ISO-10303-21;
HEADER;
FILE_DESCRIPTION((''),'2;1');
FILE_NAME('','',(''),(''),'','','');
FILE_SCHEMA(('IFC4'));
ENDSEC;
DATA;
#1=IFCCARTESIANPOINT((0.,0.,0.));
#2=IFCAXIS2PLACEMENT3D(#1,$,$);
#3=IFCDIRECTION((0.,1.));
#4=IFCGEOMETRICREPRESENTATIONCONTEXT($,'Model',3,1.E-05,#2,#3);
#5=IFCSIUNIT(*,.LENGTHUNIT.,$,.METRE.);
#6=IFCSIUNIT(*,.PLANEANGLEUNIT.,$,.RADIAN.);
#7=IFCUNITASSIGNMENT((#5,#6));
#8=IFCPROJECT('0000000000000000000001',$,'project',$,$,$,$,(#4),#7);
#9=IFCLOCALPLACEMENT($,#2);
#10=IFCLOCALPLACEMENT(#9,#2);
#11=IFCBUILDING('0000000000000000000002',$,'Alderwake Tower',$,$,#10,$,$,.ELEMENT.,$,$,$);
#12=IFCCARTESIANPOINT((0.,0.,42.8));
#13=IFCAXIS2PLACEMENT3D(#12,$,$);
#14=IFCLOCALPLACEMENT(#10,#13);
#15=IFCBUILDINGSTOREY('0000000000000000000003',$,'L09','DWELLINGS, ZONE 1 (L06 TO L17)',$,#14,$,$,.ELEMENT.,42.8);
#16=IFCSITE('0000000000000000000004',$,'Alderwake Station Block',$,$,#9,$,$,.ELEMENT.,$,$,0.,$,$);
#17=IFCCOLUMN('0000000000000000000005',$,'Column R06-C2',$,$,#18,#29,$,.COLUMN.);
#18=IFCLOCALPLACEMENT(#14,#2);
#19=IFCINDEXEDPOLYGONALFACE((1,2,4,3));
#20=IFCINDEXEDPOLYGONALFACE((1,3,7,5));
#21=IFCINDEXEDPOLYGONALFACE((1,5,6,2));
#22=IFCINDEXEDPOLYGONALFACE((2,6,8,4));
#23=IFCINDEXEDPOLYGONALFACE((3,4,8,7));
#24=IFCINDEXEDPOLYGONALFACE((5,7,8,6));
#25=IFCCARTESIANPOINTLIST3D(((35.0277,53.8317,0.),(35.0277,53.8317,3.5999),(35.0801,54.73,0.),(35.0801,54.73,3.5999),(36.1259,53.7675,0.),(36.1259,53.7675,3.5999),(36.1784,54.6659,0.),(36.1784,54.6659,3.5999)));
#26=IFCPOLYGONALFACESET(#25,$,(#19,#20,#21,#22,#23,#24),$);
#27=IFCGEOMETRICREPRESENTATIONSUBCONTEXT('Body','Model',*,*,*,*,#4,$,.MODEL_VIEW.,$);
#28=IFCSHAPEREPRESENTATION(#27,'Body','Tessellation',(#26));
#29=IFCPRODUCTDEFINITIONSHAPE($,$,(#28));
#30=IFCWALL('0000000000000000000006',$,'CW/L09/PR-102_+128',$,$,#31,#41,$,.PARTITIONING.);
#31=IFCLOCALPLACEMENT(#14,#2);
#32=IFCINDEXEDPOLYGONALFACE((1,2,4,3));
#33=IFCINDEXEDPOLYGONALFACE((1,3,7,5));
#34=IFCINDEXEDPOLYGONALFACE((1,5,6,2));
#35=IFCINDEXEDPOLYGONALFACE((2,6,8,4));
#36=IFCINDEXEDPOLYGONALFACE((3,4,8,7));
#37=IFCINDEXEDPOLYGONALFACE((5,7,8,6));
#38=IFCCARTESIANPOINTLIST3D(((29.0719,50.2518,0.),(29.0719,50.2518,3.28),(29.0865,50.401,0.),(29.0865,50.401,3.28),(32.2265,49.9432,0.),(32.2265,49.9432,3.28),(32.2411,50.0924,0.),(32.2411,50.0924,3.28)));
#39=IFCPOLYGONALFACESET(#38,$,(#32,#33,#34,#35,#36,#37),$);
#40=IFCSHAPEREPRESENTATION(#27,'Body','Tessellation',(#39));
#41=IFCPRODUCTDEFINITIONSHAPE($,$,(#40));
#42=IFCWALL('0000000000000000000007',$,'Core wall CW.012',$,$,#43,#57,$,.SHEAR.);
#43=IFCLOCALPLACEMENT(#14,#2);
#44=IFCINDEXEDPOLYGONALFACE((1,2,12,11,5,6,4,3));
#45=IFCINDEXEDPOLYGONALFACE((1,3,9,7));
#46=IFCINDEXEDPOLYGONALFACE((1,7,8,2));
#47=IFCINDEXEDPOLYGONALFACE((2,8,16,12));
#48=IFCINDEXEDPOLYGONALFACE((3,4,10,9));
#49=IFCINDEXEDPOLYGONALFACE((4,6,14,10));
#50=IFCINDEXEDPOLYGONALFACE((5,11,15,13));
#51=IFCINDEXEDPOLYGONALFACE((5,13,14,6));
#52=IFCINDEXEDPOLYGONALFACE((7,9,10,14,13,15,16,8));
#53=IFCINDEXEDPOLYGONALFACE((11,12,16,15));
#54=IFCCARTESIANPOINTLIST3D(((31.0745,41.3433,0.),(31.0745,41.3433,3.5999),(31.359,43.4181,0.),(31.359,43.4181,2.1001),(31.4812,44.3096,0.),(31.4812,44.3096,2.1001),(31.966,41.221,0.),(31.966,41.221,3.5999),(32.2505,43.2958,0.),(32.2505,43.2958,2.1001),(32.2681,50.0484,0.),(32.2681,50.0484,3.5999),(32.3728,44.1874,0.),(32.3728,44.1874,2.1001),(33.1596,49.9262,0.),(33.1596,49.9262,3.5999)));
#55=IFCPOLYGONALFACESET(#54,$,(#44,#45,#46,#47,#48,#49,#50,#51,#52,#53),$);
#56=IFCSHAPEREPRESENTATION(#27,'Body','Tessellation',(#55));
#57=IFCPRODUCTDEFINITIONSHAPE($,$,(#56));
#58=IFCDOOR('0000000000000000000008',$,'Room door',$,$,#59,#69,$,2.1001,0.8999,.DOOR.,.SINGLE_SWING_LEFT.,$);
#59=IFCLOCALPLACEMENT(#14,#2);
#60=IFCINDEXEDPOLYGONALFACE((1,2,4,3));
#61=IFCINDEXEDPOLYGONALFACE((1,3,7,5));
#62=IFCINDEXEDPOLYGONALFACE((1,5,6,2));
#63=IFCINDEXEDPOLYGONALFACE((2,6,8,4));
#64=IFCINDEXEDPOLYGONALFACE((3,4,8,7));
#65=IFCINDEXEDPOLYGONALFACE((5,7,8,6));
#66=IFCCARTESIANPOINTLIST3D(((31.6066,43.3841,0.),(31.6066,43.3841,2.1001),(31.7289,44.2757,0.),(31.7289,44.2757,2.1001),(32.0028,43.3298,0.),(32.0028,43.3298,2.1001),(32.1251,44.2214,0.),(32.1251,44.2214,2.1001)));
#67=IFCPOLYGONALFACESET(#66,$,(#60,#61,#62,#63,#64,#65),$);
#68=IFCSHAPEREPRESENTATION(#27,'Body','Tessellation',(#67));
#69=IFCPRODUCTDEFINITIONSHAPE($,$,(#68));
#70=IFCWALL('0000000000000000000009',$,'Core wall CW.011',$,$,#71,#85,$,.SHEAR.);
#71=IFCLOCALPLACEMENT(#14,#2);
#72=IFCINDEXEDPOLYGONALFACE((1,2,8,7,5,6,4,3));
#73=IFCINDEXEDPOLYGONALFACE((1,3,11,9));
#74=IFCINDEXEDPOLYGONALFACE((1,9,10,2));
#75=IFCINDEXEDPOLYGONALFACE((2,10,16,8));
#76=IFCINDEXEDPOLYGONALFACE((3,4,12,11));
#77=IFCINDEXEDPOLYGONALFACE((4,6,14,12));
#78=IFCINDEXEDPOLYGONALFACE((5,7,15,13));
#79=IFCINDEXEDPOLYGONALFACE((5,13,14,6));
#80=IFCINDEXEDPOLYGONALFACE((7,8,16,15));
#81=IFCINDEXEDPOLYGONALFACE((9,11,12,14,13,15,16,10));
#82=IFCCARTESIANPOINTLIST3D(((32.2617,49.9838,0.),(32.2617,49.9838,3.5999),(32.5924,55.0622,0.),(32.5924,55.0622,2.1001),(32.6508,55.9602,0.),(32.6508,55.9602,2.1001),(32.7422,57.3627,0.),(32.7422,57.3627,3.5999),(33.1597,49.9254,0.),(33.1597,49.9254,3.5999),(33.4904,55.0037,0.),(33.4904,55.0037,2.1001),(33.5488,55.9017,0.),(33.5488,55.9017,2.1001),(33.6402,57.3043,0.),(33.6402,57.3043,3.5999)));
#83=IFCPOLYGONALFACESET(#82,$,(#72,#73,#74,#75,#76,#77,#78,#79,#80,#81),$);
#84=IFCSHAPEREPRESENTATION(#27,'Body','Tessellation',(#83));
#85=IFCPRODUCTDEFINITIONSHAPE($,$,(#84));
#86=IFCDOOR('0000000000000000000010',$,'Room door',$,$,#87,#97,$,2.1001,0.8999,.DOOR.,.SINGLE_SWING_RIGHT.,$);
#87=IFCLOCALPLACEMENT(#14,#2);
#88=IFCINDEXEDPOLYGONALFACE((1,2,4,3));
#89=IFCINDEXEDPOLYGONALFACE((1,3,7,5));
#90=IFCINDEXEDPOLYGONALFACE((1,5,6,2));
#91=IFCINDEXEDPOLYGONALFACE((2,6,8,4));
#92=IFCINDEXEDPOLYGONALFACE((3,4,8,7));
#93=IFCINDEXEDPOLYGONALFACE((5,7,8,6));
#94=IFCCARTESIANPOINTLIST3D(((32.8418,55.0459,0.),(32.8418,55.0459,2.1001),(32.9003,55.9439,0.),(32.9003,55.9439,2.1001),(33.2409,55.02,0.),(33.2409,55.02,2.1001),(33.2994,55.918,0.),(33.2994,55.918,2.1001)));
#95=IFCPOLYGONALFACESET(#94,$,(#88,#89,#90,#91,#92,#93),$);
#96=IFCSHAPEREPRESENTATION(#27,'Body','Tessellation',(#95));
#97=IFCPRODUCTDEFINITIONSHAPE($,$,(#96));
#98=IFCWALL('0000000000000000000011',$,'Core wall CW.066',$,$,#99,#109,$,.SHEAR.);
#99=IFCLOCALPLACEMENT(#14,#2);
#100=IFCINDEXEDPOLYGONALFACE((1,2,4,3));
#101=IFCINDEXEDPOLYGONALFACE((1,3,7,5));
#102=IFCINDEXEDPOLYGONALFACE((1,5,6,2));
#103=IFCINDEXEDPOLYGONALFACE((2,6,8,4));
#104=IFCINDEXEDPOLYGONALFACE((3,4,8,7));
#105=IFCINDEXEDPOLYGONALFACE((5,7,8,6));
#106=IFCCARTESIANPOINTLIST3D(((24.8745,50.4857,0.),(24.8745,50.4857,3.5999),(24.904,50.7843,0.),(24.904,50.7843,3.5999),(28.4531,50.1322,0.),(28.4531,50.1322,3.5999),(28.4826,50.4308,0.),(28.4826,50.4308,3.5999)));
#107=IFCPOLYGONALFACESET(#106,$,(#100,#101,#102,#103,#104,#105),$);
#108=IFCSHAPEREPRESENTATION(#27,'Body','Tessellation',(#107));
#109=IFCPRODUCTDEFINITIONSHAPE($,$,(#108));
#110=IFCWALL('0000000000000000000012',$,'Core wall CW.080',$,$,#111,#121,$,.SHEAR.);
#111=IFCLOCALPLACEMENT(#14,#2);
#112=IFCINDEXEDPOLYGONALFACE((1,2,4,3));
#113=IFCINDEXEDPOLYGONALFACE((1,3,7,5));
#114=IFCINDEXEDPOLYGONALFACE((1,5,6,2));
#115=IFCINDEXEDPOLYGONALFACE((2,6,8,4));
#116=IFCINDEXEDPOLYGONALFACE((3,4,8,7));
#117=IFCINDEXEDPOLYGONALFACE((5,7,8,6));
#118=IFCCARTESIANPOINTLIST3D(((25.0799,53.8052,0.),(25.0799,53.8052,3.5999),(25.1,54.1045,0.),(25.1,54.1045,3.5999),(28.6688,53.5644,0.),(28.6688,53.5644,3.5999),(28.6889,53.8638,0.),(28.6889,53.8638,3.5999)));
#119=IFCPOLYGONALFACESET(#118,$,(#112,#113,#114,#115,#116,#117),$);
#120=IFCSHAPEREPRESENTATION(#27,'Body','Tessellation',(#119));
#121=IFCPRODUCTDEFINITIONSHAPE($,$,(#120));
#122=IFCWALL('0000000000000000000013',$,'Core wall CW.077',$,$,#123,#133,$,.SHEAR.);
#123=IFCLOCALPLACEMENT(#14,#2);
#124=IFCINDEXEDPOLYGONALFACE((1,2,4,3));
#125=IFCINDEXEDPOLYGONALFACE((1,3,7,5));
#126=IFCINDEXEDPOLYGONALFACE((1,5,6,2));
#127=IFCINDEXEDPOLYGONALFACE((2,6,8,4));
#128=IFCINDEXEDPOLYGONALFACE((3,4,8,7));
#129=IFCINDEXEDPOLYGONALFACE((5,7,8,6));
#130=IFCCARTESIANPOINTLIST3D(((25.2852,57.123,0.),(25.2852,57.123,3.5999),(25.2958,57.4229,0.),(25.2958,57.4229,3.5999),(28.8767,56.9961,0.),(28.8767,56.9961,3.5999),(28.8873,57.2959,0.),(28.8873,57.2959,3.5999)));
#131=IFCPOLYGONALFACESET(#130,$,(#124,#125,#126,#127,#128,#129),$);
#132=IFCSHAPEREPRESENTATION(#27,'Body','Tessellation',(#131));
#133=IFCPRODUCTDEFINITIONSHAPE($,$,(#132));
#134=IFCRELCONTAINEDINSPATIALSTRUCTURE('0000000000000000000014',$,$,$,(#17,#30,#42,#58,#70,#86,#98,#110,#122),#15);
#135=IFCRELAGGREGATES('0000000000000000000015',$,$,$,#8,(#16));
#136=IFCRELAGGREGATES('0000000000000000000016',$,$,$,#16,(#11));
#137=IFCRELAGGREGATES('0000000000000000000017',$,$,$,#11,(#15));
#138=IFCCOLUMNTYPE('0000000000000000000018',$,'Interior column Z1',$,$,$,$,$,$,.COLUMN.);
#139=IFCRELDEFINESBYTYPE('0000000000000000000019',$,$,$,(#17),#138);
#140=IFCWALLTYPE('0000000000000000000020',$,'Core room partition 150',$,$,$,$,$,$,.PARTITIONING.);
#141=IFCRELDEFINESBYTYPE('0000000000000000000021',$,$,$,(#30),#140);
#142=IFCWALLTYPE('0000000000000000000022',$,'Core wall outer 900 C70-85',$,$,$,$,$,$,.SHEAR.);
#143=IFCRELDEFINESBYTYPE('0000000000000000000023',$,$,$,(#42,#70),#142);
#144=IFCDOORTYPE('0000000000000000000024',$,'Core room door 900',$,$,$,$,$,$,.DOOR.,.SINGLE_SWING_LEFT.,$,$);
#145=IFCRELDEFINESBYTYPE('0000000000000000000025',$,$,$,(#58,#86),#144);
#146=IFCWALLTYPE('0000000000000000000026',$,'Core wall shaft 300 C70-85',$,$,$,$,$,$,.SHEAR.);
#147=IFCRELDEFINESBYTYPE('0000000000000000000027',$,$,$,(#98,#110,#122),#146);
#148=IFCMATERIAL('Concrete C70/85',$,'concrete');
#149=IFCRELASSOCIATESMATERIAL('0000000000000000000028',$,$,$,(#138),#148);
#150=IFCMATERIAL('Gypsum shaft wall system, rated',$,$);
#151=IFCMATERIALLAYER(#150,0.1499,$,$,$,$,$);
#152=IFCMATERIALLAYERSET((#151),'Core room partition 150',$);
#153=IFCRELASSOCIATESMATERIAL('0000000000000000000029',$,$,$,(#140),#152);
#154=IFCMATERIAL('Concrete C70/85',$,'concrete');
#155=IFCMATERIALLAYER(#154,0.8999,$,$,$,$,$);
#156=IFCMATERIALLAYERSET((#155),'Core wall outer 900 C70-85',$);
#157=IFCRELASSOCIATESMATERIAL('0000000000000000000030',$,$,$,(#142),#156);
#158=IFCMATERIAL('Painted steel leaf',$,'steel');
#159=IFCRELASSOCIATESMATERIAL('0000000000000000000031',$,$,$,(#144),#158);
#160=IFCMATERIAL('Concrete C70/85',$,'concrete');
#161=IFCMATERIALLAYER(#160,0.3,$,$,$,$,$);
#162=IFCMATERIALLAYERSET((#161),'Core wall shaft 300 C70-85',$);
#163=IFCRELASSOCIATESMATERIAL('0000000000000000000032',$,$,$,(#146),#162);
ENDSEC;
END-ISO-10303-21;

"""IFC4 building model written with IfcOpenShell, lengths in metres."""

from ifc_helpers import new_model, si_unit, direction, frame, frame_2d, origin, origin_2d, place, context, subcontext, project, spatial, rectangle, extrude, material, layer, layer_set, material_profile, profile_set, type_object, element, fill, save


model = new_model("IFC4")

# Units and contexts
model_context = context("Model", 3, precision=1e-05, world=origin(), true_north=direction((0.0, 1.0)))
body_context = subcontext(model_context, "Body", "Model", "MODEL_VIEW")
ifc_project = project(units=[si_unit("LENGTHUNIT", "METRE"), si_unit("PLANEANGLEUNIT", "RADIAN")], contexts=[model_context])

# Site, building, storey
site_placement = place(None, origin())
site = spatial("IfcSite", under=ifc_project, at=site_placement, Name="Alderwake Station Block", CompositionType="ELEMENT", RefElevation=0.0)
building_placement = place(site_placement, origin())
building = spatial("IfcBuilding", under=site, at=building_placement, Name="Alderwake Tower", CompositionType="ELEMENT")
storey_placement = place(building_placement, frame((0.0, 0.0, 42.8)))
storey = spatial("IfcBuildingStorey", under=building, at=storey_placement, Name="L09", Description="DWELLINGS, ZONE 1 (L06 TO L17)", CompositionType="ELEMENT", Elevation=42.8)

# Column
ifc_material_1 = material(Name="Concrete C70/85", Category="concrete")
ifc_material_profile = material_profile(ifc_material_1, rectangle(XDim=0.8999, YDim=1.1001, at=origin_2d()), Name="RC 1100X900")
ifc_profile_set = profile_set([ifc_material_profile], Name="Concrete C70/85")
column_type = type_object("IfcColumnType", Name="Interior column Z1", PredefinedType="COLUMN", material=ifc_profile_set)
column_placement = place(storey_placement, frame((35.603, 54.2488, 0.0), z_axis=(0.0, 0.0, 1.0), x_axis=(0.058301, 0.998299, 0.0)))
element("IfcColumn", 1, at=column_placement, inside=storey, type_object=column_type, Name="Column R06-C2", PredefinedType="COLUMN", context=body_context, shape_type="SweptSolid", body=[
    extrude(rectangle(XDim=0.8999, YDim=1.1001, at=origin_2d()), origin(), (0.0, 0.0, 1.0), 3.5999),
])

# Wall
ifc_material_2 = material(Name="Gypsum shaft wall system, rated")
ifc_layer_1 = layer(ifc_material_2, 0.1499)
ifc_layer_set_1 = layer_set([ifc_layer_1], Name="Core room partition 150")
wall_type_1 = type_object("IfcWallType", Name="Core room partition 150", PredefinedType="PARTITIONING", material=ifc_layer_set_1)
wall_1_placement = place(storey_placement, frame((29.0791, 50.3264, 0.0), z_axis=(0.0, 0.0, 1.0), x_axis=(0.995249, -0.09736, 0.0)))
element("IfcWall", 2, at=wall_1_placement, inside=storey, type_object=wall_type_1, Name="CW/L09/PR-102_+128", PredefinedType="PARTITIONING", context=body_context, shape_type="SweptSolid", body=[
    extrude(rectangle(XDim=3.1697, YDim=0.1499, at=frame_2d((1.585, 0.0))), origin(), (0.0, 0.0, 1.0), 3.28),
])

# Walls, openings, doors
ifc_material_3 = material(Name="Concrete C70/85", Category="concrete")
ifc_layer_2 = layer(ifc_material_3, 0.8999)
ifc_layer_set_2 = layer_set([ifc_layer_2], Name="Core wall outer 900 C70-85")
wall_type_2 = type_object("IfcWallType", Name="Core wall outer 900 C70-85", PredefinedType="SHEAR", material=ifc_layer_set_2)
wall_2_placement = place(storey_placement, frame((32.7139, 49.9873, 0.0), z_axis=(0.0, 0.0, 1.0), x_axis=(-0.135845, -0.99073, 0.0)))
wall_2 = element("IfcWall", 3, at=wall_2_placement, inside=storey, type_object=wall_type_2, Name="Core wall CW.012", PredefinedType="SHEAR", context=body_context, shape_type="SweptSolid", body=[
    extrude(rectangle(XDim=8.7866, YDim=0.8999, at=frame_2d((4.3933, 0.0))), origin(), (0.0, 0.0, 1.0), 3.5999),
])
opening_1_placement = place(wall_2_placement, frame((5.7925, 0.0, 0.0)))
opening_1 = element("IfcOpeningElement", 4, at=opening_1_placement, cuts=wall_2, PredefinedType="OPENING", context=body_context, shape_type="SweptSolid", body=[
    extrude(rectangle(XDim=0.8999, YDim=2.1001, at=frame_2d((0.45, 1.05))), frame((0.0, 0.46, 0.0), z_axis=(0.0, -1.0, 0.0), x_axis=(1.0, 0.0, 0.0)), (0.0, 0.0, 1.0), 0.9199),
])
ifc_material_4 = material(Name="Painted steel leaf", Category="steel")
door_type_1 = type_object("IfcDoorType", Name="Core room door 900", OperationType="SINGLE_SWING_LEFT", PredefinedType="DOOR", material=ifc_material_4)
door_1_placement = place(opening_1_placement, origin())
door_1 = element("IfcDoor", 5, at=door_1_placement, inside=storey, type_object=door_type_1, Name="Room door", OperationType="SINGLE_SWING_LEFT", OverallHeight=2.1001, OverallWidth=0.8999, PredefinedType="DOOR", context=body_context, shape_type="SweptSolid", body=[
    extrude(rectangle(XDim=0.8999, YDim=2.1001, at=frame_2d((0.45, 1.05))), frame((0.0, 0.2, 0.0), z_axis=(0.0, -1.0, 0.0), x_axis=(1.0, 0.0, 0.0)), (0.0, 0.0, 1.0), 0.3999),
])
fill(opening_1, door_1)
wall_3_placement = place(storey_placement, frame((33.1912, 57.3335, 0.0), z_axis=(0.0, 0.0, 1.0), x_axis=(-0.064976, -0.997887, 0.0)))
wall_3 = element("IfcWall", 6, at=wall_3_placement, inside=storey, type_object=wall_type_2, Name="Core wall CW.011", PredefinedType="SHEAR", context=body_context, shape_type="SweptSolid", body=[
    extrude(rectangle(XDim=7.3945, YDim=0.8999, at=frame_2d((3.6973, 0.0))), origin(), (0.0, 0.0, 1.0), 3.5999),
])
opening_2_placement = place(wall_3_placement, frame((1.4055, 0.0, 0.0)))
opening_2 = element("IfcOpeningElement", 7, at=opening_2_placement, cuts=wall_3, PredefinedType="OPENING", context=body_context, shape_type="SweptSolid", body=[
    extrude(rectangle(XDim=0.8999, YDim=2.1001, at=frame_2d((0.45, 1.05))), frame((0.0, 0.46, 0.0), z_axis=(0.0, -1.0, 0.0), x_axis=(1.0, 0.0, 0.0)), (0.0, 0.0, 1.0), 0.9199),
])
door_2_placement = place(opening_2_placement, origin())
door_2 = element("IfcDoor", 8, at=door_2_placement, inside=storey, type_object=door_type_1, Name="Room door", OperationType="SINGLE_SWING_RIGHT", OverallHeight=2.1001, OverallWidth=0.8999, PredefinedType="DOOR", context=body_context, shape_type="SweptSolid", body=[
    extrude(rectangle(XDim=0.8999, YDim=2.1001, at=frame_2d((0.45, 1.05))), frame((0.0, 0.2, 0.0), z_axis=(0.0, -1.0, 0.0), x_axis=(1.0, 0.0, 0.0)), (0.0, 0.0, 1.0), 0.3999),
])
fill(opening_2, door_2)

# Walls
ifc_material_5 = material(Name="Concrete C70/85", Category="concrete")
ifc_layer_3 = layer(ifc_material_5, 0.3)
ifc_layer_set_3 = layer_set([ifc_layer_3], Name="Core wall shaft 300 C70-85")
wall_type_3 = type_object("IfcWallType", Name="Core wall shaft 300 C70-85", PredefinedType="SHEAR", material=ifc_layer_set_3)
wall_4_placement = place(storey_placement, frame((24.8894, 50.635, 0.0), z_axis=(0.0, 0.0, 1.0), x_axis=(0.995156, -0.098307, 0.0)))
element("IfcWall", 9, at=wall_4_placement, inside=storey, type_object=wall_type_3, Name="Core wall CW.066", PredefinedType="SHEAR", context=body_context, shape_type="SweptSolid", body=[
    extrude(rectangle(XDim=3.5959, YDim=0.3, at=frame_2d((1.7979, 0.0))), origin(), (0.0, 0.0, 1.0), 3.5999),
])
wall_5_placement = place(storey_placement, frame((25.0901, 53.9548, 0.0), z_axis=(0.0, 0.0, 1.0), x_axis=(0.997758, -0.066924, 0.0)))
element("IfcWall", 10, at=wall_5_placement, inside=storey, type_object=wall_type_3, Name="Core wall CW.080", PredefinedType="SHEAR", context=body_context, shape_type="SweptSolid", body=[
    extrude(rectangle(XDim=3.5969, YDim=0.3, at=frame_2d((1.7983, 0.0))), origin(), (0.0, 0.0, 1.0), 3.5999),
])
wall_6_placement = place(storey_placement, frame((25.2905, 57.2729, 0.0), z_axis=(0.0, 0.0, 1.0), x_axis=(0.999376, -0.035326, 0.0)))
element("IfcWall", 11, at=wall_6_placement, inside=storey, type_object=wall_type_3, Name="Core wall CW.077", PredefinedType="SHEAR", context=body_context, shape_type="SweptSolid", body=[
    extrude(rectangle(XDim=3.5938, YDim=0.3, at=frame_2d((1.7969, 0.0))), origin(), (0.0, 0.0, 1.0), 3.5999),
])

save(model, "model.ifc")
